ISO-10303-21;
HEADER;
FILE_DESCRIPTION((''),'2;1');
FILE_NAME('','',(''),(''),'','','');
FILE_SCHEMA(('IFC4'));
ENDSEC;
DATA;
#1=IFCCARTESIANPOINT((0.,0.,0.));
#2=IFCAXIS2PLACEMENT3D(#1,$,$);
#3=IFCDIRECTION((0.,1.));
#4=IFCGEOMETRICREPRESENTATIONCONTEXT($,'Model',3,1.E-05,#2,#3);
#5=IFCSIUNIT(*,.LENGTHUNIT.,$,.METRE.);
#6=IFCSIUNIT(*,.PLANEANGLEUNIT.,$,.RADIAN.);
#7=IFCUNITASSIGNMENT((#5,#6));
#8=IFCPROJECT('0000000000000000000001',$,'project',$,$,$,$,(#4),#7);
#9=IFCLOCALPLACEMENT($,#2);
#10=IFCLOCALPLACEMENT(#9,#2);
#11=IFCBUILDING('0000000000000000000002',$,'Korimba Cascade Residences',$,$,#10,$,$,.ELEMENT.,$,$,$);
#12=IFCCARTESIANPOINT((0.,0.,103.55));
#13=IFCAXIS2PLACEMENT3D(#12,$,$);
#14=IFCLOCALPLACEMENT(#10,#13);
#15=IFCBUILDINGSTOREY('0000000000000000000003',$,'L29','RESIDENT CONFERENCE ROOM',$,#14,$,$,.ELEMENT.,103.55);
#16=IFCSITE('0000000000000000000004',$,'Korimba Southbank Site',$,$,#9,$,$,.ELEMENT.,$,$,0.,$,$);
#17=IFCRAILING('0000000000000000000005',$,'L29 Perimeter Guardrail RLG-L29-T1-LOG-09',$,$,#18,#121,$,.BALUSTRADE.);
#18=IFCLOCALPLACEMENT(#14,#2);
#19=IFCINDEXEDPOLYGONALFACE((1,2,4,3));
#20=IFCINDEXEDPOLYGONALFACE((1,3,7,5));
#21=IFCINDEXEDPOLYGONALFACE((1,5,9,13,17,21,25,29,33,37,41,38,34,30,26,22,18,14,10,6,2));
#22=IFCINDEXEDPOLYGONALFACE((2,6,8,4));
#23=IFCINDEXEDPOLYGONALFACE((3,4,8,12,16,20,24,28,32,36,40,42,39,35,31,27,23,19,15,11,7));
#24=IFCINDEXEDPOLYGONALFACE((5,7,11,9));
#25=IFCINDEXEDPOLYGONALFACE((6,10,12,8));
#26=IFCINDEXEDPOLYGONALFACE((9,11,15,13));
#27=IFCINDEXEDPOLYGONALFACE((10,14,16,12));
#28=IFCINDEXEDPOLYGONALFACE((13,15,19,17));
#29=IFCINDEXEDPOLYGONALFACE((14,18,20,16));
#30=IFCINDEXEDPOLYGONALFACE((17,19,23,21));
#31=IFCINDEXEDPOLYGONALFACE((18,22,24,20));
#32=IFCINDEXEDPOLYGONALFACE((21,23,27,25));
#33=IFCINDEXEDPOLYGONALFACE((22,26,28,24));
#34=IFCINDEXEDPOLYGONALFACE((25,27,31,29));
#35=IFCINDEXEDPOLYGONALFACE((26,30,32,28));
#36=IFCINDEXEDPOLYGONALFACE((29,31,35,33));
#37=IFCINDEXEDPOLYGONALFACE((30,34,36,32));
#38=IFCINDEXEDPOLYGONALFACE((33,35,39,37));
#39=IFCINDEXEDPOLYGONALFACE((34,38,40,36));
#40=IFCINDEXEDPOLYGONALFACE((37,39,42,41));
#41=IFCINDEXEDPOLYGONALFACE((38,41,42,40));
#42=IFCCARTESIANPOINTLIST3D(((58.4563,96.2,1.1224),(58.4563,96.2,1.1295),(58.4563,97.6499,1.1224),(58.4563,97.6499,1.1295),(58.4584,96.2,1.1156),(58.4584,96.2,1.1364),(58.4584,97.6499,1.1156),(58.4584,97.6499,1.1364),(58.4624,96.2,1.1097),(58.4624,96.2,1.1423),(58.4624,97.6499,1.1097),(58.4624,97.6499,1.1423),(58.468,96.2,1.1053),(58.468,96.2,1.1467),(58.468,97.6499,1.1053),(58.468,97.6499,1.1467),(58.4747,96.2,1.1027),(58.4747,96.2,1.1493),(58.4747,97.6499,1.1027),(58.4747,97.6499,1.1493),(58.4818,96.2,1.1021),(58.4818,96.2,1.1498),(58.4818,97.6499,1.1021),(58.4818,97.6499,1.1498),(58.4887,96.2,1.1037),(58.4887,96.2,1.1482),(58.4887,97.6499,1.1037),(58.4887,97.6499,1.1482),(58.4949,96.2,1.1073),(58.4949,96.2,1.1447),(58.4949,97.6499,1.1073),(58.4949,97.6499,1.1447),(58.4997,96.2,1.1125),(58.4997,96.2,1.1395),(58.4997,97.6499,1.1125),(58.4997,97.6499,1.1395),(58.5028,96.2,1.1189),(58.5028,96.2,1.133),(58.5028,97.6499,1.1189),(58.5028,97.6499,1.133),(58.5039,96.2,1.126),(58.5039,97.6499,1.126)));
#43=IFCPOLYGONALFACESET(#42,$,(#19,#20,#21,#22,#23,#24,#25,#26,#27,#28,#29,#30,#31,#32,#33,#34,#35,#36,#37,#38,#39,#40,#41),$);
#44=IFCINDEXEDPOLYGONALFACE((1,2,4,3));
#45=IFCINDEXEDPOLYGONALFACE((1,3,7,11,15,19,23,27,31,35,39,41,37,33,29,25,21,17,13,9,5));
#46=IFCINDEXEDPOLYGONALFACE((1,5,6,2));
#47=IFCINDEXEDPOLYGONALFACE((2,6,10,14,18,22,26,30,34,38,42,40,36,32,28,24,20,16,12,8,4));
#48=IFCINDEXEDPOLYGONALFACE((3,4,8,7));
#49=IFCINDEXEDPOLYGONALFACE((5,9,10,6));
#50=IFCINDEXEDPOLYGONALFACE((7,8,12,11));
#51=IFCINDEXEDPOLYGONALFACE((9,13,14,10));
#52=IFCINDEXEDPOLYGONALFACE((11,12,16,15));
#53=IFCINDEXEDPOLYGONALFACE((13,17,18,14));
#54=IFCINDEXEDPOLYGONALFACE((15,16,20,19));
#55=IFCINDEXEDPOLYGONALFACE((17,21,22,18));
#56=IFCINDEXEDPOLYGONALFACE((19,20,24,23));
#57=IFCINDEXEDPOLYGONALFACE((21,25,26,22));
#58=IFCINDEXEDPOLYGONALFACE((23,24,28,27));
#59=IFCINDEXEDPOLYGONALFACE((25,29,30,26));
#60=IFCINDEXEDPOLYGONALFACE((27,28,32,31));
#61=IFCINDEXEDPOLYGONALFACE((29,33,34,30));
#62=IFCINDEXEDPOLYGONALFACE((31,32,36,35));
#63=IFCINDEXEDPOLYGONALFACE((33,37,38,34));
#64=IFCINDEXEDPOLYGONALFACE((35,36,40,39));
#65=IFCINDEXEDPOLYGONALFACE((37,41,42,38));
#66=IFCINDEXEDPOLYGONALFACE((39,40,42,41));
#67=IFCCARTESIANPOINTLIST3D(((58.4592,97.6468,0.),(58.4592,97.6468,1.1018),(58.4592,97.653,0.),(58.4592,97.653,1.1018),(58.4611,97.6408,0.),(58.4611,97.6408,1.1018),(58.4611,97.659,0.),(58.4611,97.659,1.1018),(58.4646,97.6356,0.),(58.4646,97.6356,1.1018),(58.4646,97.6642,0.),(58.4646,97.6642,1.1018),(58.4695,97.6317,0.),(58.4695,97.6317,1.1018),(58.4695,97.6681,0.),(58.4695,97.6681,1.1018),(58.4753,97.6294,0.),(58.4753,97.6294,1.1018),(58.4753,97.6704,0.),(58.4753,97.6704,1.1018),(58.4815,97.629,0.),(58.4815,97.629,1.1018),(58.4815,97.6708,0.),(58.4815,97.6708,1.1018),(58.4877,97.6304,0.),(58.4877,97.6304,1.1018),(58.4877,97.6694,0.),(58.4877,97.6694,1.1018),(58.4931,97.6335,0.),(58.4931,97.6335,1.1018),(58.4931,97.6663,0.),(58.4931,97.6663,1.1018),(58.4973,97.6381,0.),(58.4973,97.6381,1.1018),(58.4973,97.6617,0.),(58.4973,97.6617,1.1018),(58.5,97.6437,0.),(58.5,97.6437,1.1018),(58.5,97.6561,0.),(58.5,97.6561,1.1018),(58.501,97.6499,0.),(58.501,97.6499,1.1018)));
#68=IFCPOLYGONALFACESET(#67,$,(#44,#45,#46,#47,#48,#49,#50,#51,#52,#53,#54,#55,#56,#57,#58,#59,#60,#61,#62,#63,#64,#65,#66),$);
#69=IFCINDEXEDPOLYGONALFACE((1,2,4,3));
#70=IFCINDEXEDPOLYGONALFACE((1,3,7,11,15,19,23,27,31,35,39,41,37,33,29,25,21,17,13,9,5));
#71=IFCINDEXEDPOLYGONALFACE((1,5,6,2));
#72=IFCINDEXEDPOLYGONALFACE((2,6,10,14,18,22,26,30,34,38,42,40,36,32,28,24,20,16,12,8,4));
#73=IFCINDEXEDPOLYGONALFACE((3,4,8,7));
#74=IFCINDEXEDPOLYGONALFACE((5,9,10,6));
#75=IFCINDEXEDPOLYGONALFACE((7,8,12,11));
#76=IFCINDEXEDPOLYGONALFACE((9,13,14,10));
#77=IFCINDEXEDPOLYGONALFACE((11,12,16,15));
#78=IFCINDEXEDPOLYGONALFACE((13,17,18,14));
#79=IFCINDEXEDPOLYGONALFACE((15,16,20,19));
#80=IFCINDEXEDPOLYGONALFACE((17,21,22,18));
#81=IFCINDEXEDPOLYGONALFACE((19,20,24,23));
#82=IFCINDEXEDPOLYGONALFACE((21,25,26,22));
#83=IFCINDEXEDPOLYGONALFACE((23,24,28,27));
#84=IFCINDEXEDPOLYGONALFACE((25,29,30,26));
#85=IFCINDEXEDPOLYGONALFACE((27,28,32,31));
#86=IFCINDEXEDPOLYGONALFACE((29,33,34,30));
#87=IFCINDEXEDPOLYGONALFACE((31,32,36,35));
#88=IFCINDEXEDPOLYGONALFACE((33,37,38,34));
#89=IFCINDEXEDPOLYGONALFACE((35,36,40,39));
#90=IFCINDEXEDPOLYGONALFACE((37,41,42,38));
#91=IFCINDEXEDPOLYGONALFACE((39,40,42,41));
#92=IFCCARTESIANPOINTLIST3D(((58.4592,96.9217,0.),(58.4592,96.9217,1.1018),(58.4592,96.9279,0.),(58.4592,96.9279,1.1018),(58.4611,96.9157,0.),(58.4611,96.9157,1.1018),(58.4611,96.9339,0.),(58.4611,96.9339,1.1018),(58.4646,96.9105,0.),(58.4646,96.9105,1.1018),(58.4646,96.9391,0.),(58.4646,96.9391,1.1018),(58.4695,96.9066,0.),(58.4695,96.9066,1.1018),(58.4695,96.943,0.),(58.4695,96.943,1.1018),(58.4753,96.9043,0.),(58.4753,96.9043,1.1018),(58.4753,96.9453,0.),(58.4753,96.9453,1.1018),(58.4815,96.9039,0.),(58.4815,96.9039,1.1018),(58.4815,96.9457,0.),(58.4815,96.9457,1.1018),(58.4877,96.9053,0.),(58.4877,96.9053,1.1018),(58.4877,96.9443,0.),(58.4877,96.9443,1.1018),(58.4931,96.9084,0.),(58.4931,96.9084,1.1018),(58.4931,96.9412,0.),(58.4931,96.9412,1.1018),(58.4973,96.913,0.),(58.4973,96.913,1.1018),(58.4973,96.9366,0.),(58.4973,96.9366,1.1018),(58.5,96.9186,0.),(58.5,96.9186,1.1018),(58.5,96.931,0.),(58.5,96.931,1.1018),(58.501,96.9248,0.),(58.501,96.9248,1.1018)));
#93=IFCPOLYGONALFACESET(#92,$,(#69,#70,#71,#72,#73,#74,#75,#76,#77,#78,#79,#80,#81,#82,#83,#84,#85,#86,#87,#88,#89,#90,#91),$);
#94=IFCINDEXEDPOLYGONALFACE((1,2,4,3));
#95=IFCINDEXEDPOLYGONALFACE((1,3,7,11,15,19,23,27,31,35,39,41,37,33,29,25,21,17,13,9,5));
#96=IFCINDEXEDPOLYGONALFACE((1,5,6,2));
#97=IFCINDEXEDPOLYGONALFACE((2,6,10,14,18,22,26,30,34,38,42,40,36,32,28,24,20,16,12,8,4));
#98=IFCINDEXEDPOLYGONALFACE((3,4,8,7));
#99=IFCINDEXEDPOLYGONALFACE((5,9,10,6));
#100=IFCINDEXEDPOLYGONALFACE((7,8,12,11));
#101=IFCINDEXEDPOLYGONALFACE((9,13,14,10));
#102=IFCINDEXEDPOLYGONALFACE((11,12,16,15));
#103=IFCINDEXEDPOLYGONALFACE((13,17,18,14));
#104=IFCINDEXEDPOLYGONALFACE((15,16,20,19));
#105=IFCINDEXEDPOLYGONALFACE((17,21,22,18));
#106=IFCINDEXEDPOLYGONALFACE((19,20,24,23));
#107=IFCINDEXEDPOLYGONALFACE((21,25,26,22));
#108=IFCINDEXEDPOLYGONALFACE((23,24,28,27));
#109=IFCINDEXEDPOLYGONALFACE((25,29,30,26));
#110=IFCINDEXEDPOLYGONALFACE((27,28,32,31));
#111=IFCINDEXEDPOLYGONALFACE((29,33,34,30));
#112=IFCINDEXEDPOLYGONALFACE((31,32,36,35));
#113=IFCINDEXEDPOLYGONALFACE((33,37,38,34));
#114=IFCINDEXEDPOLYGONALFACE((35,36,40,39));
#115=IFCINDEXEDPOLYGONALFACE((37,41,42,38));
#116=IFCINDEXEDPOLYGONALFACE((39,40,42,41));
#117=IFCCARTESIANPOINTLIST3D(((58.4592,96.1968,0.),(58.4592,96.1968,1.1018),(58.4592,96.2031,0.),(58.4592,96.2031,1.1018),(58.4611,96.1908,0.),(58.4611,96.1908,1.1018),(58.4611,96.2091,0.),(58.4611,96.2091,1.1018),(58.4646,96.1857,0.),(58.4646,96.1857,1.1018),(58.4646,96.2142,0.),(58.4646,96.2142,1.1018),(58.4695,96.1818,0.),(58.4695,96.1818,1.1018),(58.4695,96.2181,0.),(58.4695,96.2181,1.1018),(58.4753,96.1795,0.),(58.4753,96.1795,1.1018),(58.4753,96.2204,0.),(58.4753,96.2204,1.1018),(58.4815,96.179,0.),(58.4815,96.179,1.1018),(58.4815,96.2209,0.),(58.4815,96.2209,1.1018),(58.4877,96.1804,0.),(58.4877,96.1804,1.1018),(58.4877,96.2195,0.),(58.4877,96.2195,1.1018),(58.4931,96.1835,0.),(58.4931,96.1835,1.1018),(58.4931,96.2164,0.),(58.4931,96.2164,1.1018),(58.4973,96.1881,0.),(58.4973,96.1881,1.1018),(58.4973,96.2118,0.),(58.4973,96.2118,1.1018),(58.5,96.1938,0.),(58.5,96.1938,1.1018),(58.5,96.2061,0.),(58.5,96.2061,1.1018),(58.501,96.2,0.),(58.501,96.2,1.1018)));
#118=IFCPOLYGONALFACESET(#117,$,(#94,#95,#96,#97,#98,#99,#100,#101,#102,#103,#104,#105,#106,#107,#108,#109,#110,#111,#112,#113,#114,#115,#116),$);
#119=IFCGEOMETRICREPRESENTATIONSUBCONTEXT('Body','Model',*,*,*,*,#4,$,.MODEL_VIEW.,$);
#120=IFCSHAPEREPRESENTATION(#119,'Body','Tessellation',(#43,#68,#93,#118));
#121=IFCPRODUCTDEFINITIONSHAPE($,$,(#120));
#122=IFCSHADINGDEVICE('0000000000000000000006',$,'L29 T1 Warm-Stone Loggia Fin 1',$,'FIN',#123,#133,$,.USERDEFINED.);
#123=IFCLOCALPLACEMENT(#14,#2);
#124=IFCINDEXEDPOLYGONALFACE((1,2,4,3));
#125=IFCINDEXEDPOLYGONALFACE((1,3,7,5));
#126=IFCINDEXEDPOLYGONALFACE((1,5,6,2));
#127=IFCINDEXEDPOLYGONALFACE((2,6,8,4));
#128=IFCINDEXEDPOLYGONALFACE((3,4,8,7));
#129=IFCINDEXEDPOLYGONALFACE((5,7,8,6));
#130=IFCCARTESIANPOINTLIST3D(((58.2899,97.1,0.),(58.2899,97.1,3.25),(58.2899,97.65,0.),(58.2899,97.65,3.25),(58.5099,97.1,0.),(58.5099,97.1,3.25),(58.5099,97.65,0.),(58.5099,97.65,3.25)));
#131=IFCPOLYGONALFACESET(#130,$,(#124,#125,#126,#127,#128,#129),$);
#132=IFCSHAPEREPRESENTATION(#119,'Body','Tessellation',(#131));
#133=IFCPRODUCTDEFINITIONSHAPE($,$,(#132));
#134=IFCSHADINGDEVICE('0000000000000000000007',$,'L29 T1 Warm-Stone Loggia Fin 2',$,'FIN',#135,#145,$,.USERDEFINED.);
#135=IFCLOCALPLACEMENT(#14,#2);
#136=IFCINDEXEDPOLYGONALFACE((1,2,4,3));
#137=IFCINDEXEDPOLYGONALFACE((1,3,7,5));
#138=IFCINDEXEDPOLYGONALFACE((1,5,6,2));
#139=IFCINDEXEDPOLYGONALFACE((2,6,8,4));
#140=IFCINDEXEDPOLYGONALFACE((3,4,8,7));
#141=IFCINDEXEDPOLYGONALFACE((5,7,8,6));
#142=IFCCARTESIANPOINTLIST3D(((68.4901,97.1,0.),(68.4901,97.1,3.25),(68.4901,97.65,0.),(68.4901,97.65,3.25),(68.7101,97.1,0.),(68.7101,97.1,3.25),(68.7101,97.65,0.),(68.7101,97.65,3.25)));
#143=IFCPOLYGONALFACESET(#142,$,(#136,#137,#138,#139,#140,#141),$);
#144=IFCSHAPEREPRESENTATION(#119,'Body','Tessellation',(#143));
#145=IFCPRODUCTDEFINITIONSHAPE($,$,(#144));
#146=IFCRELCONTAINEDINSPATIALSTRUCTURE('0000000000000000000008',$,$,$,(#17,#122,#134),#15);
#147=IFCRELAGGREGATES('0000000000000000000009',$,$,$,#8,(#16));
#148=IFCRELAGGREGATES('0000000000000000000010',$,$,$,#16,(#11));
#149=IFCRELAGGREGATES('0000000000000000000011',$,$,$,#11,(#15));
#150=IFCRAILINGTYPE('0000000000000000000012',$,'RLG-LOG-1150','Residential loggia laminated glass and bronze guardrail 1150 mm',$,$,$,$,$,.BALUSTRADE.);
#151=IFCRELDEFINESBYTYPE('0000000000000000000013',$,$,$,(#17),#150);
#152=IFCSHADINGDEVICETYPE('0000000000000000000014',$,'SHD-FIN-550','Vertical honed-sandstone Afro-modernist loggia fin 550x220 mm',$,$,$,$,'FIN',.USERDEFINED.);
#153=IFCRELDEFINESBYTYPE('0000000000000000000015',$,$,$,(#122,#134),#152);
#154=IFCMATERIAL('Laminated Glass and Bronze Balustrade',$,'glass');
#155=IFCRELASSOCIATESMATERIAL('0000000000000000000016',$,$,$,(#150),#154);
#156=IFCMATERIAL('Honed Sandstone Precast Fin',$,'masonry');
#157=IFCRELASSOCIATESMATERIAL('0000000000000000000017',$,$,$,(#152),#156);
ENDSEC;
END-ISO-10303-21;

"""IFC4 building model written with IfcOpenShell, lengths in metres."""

from ifc_helpers import new_model, si_unit, direction, frame, origin, origin_2d, place, context, subcontext, project, spatial, rectangle, circle, extrude, material, type_object, element, save


model = new_model("IFC4")

# Units and contexts
model_context = context("Model", 3, precision=1e-05, world=origin(), true_north=direction((0.0, 1.0)))
body_context = subcontext(model_context, "Body", "Model", "MODEL_VIEW")
ifc_project = project(units=[si_unit("LENGTHUNIT", "METRE"), si_unit("PLANEANGLEUNIT", "RADIAN")], contexts=[model_context])

# Site, building, storey
site_placement = place(None, origin())
site = spatial("IfcSite", under=ifc_project, at=site_placement, Name="Korimba Southbank Site", CompositionType="ELEMENT", RefElevation=0.0)
building_placement = place(site_placement, origin())
building = spatial("IfcBuilding", under=site, at=building_placement, Name="Korimba Cascade Residences", CompositionType="ELEMENT")
storey_placement = place(building_placement, frame((0.0, 0.0, 103.55)))
storey = spatial("IfcBuildingStorey", under=building, at=storey_placement, Name="L29", Description="RESIDENT CONFERENCE ROOM", CompositionType="ELEMENT", Elevation=103.55)

# Railing
ifc_material_1 = material(Name="Laminated Glass and Bronze Balustrade", Category="glass")
railing_type = type_object("IfcRailingType", Name="RLG-LOG-1150", Description="Residential loggia laminated glass and bronze guardrail 1150 mm", PredefinedType="BALUSTRADE", material=ifc_material_1)
railing_1_placement = place(storey_placement, frame((58.48, 97.6499, 0.0)))
element("IfcRailing", 1, at=railing_1_placement, inside=storey, type_object=railing_type, Name="L29 Perimeter Guardrail RLG-L29-T1-LOG-09", PredefinedType="BALUSTRADE", context=body_context, shape_type="SweptSolid", body=[
    extrude(circle(Radius=0.0239, at=origin_2d()), frame((0.0, 0.0, 1.126), z_axis=(0.0, -1.0, 0.0), x_axis=(1.0, 0.0, 0.0)), (0.0, 0.0, 1.0), 1.45),
    extrude(circle(Radius=0.021, at=origin_2d()), origin(), (0.0, 0.0, 1.0), 1.1018),
    extrude(circle(Radius=0.021, at=origin_2d()), frame((0.0, -0.7251, 0.0)), (0.0, 0.0, 1.0), 1.1018),
    extrude(circle(Radius=0.021, at=origin_2d()), frame((0.0, -1.45, 0.0)), (0.0, 0.0, 1.0), 1.1018),
])

# Shading devices
ifc_material_2 = material(Name="Honed Sandstone Precast Fin", Category="masonry")
shading_device_type = type_object("IfcShadingDeviceType", Name="SHD-FIN-550", Description="Vertical honed-sandstone Afro-modernist loggia fin 550x220 mm", ElementType="FIN", PredefinedType="USERDEFINED", material=ifc_material_2)
for number, where, z_axis, x_axis, name in (
    (2, (58.3999, 97.375, 0.0), (0.0, 0.0, 1.0), (1.0, 0.0, 0.0), "L29 T1 Warm-Stone Loggia Fin 1"),
    (3, (68.6001, 97.375, 0.0), (0.0, 0.0, 1.0), (1.0, 0.0, 0.0), "L29 T1 Warm-Stone Loggia Fin 2"),
):
    element("IfcShadingDevice", number, at=place(storey_placement, frame(where, z_axis=z_axis, x_axis=x_axis)), inside=storey, type_object=shading_device_type, Name=name, ObjectType="FIN", PredefinedType="USERDEFINED", context=body_context, shape_type="SweptSolid", body=[
        extrude(rectangle(XDim=0.22, YDim=0.55, at=origin_2d()), origin(), (0.0, 0.0, 1.0), 3.25),
    ])

save(model, "model.ifc")
